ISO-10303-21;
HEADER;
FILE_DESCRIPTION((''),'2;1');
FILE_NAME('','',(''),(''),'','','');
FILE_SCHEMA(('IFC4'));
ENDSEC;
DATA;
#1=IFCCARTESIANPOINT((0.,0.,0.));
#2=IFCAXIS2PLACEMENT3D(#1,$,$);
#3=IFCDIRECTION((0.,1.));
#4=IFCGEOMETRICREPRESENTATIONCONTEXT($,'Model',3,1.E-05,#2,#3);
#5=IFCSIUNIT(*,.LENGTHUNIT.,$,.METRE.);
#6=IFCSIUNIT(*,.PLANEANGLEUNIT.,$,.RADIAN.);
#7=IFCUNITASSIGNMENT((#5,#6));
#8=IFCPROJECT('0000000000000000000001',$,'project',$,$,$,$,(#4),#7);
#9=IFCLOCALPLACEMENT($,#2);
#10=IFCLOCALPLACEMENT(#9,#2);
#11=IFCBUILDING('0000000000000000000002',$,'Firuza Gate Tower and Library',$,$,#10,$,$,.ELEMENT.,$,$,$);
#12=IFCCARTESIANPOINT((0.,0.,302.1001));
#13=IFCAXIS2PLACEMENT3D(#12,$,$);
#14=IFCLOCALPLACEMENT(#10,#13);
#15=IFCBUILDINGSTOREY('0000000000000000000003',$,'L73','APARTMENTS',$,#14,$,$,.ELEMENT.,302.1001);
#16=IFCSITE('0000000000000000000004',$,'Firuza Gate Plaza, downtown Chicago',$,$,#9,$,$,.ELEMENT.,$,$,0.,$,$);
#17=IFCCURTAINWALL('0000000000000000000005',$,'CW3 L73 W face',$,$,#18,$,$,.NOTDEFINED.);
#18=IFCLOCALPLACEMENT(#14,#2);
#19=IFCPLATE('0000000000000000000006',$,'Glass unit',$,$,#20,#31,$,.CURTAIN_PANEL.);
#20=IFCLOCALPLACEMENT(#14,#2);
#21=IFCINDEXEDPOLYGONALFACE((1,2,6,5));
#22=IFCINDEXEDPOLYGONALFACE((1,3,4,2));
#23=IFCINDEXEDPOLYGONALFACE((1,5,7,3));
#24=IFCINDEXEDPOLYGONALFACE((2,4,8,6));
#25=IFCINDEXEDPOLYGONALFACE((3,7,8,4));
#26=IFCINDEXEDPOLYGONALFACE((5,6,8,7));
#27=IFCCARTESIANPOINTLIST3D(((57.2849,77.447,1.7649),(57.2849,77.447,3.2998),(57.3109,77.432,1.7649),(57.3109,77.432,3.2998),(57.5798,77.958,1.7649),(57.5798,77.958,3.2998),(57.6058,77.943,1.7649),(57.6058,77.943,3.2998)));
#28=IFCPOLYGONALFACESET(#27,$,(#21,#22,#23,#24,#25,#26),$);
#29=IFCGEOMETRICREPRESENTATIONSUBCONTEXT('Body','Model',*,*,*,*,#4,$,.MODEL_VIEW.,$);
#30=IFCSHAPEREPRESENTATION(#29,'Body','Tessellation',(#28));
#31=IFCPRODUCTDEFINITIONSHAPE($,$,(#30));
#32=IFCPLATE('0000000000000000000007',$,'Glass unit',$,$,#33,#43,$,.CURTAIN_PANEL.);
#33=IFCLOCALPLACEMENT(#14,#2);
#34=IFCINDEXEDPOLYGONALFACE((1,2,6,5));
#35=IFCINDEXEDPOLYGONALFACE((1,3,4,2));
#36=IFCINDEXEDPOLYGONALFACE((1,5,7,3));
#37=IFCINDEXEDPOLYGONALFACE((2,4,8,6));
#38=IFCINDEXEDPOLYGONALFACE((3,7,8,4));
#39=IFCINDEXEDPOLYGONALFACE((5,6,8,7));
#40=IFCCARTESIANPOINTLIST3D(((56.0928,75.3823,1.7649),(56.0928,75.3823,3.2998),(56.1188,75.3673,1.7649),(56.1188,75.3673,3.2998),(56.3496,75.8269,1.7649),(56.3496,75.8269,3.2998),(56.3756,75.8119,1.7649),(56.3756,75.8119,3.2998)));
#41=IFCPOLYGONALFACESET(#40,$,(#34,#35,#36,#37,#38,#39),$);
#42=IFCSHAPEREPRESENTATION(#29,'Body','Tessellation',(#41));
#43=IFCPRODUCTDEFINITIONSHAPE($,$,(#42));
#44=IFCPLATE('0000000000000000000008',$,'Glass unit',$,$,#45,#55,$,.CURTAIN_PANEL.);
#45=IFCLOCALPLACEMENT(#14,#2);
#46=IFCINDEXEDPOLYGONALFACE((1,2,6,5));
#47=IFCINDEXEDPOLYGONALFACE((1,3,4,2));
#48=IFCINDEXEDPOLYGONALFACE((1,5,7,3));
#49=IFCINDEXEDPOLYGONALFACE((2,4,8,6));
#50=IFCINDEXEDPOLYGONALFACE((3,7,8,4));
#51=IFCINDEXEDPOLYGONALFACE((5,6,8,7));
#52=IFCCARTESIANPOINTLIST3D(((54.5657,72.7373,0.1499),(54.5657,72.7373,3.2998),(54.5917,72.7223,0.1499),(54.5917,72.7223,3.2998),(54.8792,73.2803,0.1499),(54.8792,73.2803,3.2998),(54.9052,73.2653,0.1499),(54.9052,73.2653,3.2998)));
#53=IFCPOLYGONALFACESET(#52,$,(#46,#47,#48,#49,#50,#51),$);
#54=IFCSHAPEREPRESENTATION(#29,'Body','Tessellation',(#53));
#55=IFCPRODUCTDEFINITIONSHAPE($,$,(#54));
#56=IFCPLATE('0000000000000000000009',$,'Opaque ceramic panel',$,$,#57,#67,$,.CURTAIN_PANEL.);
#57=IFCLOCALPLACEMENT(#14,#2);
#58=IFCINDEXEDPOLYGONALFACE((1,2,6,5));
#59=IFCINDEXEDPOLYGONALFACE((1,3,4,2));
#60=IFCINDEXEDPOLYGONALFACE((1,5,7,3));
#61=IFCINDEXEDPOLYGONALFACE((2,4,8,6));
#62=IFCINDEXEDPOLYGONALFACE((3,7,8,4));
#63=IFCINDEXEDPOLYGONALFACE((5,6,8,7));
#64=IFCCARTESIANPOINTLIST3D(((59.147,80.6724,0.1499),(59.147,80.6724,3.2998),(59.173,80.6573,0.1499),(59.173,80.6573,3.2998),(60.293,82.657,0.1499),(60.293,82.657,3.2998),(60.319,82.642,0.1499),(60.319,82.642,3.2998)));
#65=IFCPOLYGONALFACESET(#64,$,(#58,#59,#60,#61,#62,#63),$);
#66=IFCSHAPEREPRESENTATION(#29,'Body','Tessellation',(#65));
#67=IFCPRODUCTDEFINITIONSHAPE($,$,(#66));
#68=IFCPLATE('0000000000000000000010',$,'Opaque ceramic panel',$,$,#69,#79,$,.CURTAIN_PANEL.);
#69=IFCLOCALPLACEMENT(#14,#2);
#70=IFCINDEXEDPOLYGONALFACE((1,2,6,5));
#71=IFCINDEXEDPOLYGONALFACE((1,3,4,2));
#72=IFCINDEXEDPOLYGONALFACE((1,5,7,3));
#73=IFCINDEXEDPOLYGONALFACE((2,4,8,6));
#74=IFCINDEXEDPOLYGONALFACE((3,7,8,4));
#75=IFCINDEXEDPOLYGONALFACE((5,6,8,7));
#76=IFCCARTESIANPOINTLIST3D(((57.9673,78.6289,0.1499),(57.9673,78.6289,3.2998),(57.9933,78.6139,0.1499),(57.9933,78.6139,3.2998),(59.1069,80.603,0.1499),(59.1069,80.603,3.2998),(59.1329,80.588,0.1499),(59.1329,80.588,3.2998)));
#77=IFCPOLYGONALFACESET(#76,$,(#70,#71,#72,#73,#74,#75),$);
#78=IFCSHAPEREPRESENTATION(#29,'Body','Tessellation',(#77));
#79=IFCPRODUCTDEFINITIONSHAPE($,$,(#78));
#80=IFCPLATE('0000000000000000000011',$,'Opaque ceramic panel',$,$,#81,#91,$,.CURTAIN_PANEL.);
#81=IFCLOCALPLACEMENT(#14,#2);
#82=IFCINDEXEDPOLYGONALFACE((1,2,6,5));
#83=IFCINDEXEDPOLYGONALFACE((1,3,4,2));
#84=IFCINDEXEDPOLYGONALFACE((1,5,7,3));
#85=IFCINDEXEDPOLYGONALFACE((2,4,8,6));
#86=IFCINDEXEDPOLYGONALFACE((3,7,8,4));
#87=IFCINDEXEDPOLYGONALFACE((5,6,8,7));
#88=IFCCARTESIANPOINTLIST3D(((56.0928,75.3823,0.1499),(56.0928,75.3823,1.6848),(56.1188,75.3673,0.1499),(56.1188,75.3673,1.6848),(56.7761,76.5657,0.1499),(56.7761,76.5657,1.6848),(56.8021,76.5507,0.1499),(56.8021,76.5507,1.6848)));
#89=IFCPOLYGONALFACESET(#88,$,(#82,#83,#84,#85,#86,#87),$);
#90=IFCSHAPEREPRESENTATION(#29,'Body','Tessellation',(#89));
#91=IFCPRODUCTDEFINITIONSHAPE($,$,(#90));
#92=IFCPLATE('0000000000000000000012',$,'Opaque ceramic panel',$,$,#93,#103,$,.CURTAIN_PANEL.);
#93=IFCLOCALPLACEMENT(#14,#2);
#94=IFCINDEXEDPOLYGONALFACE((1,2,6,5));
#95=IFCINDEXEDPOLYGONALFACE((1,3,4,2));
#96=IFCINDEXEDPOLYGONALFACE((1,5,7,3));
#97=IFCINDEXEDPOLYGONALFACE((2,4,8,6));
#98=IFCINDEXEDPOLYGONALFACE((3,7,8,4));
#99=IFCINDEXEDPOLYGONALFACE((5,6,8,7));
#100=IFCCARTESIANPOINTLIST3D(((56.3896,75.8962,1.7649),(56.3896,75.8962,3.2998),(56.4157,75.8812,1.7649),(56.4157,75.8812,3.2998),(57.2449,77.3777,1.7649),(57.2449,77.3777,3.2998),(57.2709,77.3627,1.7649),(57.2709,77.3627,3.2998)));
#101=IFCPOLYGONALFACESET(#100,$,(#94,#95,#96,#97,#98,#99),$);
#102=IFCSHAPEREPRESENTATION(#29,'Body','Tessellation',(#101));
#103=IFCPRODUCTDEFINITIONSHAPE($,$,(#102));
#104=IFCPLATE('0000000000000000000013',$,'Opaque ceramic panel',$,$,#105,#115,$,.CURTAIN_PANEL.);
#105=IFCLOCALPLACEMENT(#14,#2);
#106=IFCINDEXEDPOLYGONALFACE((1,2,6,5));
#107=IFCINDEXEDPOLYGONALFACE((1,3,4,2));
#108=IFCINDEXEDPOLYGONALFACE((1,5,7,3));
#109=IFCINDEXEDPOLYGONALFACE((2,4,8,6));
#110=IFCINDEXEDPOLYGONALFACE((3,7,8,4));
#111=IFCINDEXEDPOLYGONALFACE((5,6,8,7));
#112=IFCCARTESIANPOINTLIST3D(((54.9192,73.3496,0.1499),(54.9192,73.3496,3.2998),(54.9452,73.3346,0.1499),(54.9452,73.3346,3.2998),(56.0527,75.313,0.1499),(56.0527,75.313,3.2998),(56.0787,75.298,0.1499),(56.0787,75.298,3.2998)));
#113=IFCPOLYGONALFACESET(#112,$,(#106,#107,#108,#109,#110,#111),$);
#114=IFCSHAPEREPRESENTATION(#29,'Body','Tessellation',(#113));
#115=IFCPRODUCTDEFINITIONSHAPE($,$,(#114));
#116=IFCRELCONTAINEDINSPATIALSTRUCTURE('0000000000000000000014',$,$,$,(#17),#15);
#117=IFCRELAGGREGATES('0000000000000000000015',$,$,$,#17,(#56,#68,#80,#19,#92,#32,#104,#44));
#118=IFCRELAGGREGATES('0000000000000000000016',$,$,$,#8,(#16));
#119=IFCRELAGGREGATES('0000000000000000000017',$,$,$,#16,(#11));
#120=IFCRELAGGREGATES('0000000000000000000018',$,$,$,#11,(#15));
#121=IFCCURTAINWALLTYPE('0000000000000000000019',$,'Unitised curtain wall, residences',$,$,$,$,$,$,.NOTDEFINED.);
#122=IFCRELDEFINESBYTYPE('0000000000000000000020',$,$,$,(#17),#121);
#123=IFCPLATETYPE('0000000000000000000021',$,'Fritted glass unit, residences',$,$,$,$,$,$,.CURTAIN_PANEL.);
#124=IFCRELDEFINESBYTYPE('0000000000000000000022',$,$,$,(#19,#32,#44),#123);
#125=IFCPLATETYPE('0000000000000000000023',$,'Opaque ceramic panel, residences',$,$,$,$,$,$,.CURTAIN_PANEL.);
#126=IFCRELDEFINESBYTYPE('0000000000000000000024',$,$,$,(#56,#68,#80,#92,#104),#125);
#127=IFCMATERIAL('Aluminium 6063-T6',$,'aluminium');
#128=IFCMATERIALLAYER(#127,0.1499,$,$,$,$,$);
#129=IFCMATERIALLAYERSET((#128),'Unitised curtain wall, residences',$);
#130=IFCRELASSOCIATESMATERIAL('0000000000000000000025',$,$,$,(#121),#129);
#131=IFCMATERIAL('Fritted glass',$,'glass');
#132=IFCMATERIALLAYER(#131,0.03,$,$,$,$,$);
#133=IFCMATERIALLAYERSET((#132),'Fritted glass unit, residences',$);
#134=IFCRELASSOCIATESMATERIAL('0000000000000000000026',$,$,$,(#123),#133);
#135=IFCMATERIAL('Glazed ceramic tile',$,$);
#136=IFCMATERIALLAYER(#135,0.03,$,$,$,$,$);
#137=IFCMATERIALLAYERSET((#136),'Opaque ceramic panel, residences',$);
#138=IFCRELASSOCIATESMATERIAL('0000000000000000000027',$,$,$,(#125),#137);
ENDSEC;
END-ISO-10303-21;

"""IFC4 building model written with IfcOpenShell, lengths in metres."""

from ifc_helpers import new_model, si_unit, direction, frame, origin, place, context, subcontext, project, spatial, polyline, outline, extrude, material, layer, layer_set, type_object, element, aggregate, save


model = new_model("IFC4")

# Units and contexts
model_context = context("Model", 3, precision=1e-05, world=origin(), true_north=direction((0.0, 1.0)))
body_context = subcontext(model_context, "Body", "Model", "MODEL_VIEW")
ifc_project = project(units=[si_unit("LENGTHUNIT", "METRE"), si_unit("PLANEANGLEUNIT", "RADIAN")], contexts=[model_context])

# Site, building, storey
site_placement = place(None, origin())
site = spatial("IfcSite", under=ifc_project, at=site_placement, Name="Firuza Gate Plaza, downtown Chicago", CompositionType="ELEMENT", RefElevation=0.0)
building_placement = place(site_placement, origin())
building = spatial("IfcBuilding", under=site, at=building_placement, Name="Firuza Gate Tower and Library", CompositionType="ELEMENT")
storey_placement = place(building_placement, frame((0.0, 0.0, 302.1001)))
storey = spatial("IfcBuildingStorey", under=building, at=storey_placement, Name="L73", Description="APARTMENTS", CompositionType="ELEMENT", Elevation=302.1001)

# Curtain wall
ifc_material_1 = material(Name="Aluminium 6063-T6", Category="aluminium")
ifc_layer_1 = layer(ifc_material_1, 0.1499)
ifc_layer_set_1 = layer_set([ifc_layer_1], Name="Unitised curtain wall, residences")
curtain_wall_type = type_object("IfcCurtainWallType", Name="Unitised curtain wall, residences", PredefinedType="NOTDEFINED", material=ifc_layer_set_1)
curtain_wall_placement = place(storey_placement, origin())
curtain_wall = element("IfcCurtainWall", 1, at=curtain_wall_placement, inside=storey, type_object=curtain_wall_type, Name="CW3 L73 W face", PredefinedType="NOTDEFINED")

# Plates
ifc_material_2 = material(Name="Fritted glass", Category="glass")
ifc_layer_2 = layer(ifc_material_2, 0.03)
ifc_layer_set_2 = layer_set([ifc_layer_2], Name="Fritted glass unit, residences")
plate_type_1 = type_object("IfcPlateType", Name="Fritted glass unit, residences", PredefinedType="CURTAIN_PANEL", material=ifc_layer_set_2)
plate_1_placement = place(storey_placement, frame((57.5798, 77.958, 1.7649), z_axis=(-0.866096, 0.499878, 0.0), x_axis=(-0.499878, -0.866096, 0.0)))
plate_1 = element("IfcPlate", 2, at=plate_1_placement, type_object=plate_type_1, Name="Glass unit", PredefinedType="CURTAIN_PANEL", context=body_context, shape_type="SweptSolid", body=[
    extrude(outline(polyline([(0.0, 0.0), (0.59, 0.0), (0.59, 1.5349), (0.0, 1.5349), (0.0, 0.0)])), origin(), (0.0, 0.0, -1.0), 0.03),
])
plate_2_placement = place(storey_placement, frame((56.3496, 75.8269, 1.7649), z_axis=(-0.865893, 0.50023, 0.0), x_axis=(-0.50023, -0.865893, 0.0)))
plate_2 = element("IfcPlate", 3, at=plate_2_placement, type_object=plate_type_1, Name="Glass unit", PredefinedType="CURTAIN_PANEL", context=body_context, shape_type="SweptSolid", body=[
    extrude(outline(polyline([(0.0, 0.0), (0.5134, 0.0), (0.5134, 1.5349), (0.0, 1.5349), (0.0, 0.0)])), origin(), (0.0, 0.0, -1.0), 0.03),
])
plate_3_placement = place(storey_placement, frame((54.8792, 73.2803, 0.1499), z_axis=(-0.86603, 0.499992, 0.0), x_axis=(-0.499992, -0.86603, 0.0)))
plate_3 = element("IfcPlate", 4, at=plate_3_placement, type_object=plate_type_1, Name="Glass unit", PredefinedType="CURTAIN_PANEL", context=body_context, shape_type="SweptSolid", body=[
    extrude(outline(polyline([(0.0, 0.0), (0.627, 0.0), (0.627, 3.1499), (0.0, 3.1499), (0.0, 0.0)])), origin(), (0.0, 0.0, -1.0), 0.03),
])
ifc_material_3 = material(Name="Glazed ceramic tile")
ifc_layer_3 = layer(ifc_material_3, 0.03)
ifc_layer_set_3 = layer_set([ifc_layer_3], Name="Opaque ceramic panel, residences")
plate_type_2 = type_object("IfcPlateType", Name="Opaque ceramic panel, residences", PredefinedType="CURTAIN_PANEL", material=ifc_layer_set_3)
plate_4_placement = place(storey_placement, frame((60.293, 82.657, 0.1499), z_axis=(-0.865992, 0.500057, 0.0), x_axis=(-0.500057, -0.865992, 0.0)))
plate_4 = element("IfcPlate", 5, at=plate_4_placement, type_object=plate_type_2, Name="Opaque ceramic panel", PredefinedType="CURTAIN_PANEL", context=body_context, shape_type="SweptSolid", body=[
    extrude(outline(polyline([(0.0, 0.0), (2.2917, 0.0), (2.2917, 3.1499), (0.0, 3.1499), (0.0, 0.0)])), origin(), (0.0, 0.0, -1.0), 0.03),
])
plate_5_placement = place(storey_placement, frame((59.1069, 80.603, 0.1499), z_axis=(-0.866046, 0.499964, 0.0), x_axis=(-0.499964, -0.866046, 0.0)))
plate_5 = element("IfcPlate", 6, at=plate_5_placement, type_object=plate_type_2, Name="Opaque ceramic panel", PredefinedType="CURTAIN_PANEL", context=body_context, shape_type="SweptSolid", body=[
    extrude(outline(polyline([(0.0, 0.0), (2.2795, 0.0), (2.2795, 3.1499), (0.0, 3.1499), (0.0, 0.0)])), origin(), (0.0, 0.0, -1.0), 0.03),
])
plate_6_placement = place(storey_placement, frame((56.7761, 76.5657, 0.1499), z_axis=(-0.86598, 0.500078, 0.0), x_axis=(-0.500078, -0.86598, 0.0)))
plate_6 = element("IfcPlate", 7, at=plate_6_placement, type_object=plate_type_2, Name="Opaque ceramic panel", PredefinedType="CURTAIN_PANEL", context=body_context, shape_type="SweptSolid", body=[
    extrude(outline(polyline([(0.0, 0.0), (1.3665, 0.0), (1.3665, 1.5349), (0.0, 1.5349), (0.0, 0.0)])), origin(), (0.0, 0.0, -1.0), 0.03),
])
plate_7_placement = place(storey_placement, frame((57.2449, 77.3777, 1.7649), z_axis=(-0.866048, 0.499961, 0.0), x_axis=(-0.499961, -0.866048, 0.0)))
plate_7 = element("IfcPlate", 8, at=plate_7_placement, type_object=plate_type_2, Name="Opaque ceramic panel", PredefinedType="CURTAIN_PANEL", context=body_context, shape_type="SweptSolid", body=[
    extrude(outline(polyline([(0.0, 0.0), (1.7106, 0.0), (1.7106, 1.5349), (0.0, 1.5349), (0.0, 0.0)])), origin(), (0.0, 0.0, -1.0), 0.03),
])
plate_8_placement = place(storey_placement, frame((56.0527, 75.313, 0.1499), z_axis=(-0.866028, 0.499996, 0.0), x_axis=(-0.499996, -0.866028, 0.0)))
plate_8 = element("IfcPlate", 9, at=plate_8_placement, type_object=plate_type_2, Name="Opaque ceramic panel", PredefinedType="CURTAIN_PANEL", context=body_context, shape_type="SweptSolid", body=[
    extrude(outline(polyline([(0.0, 0.0), (2.2671, 0.0), (2.2671, 3.1499), (0.0, 3.1499), (0.0, 0.0)])), origin(), (0.0, 0.0, -1.0), 0.03),
])
aggregate(curtain_wall, [plate_4, plate_5, plate_6, plate_1, plate_7, plate_2, plate_8, plate_3])

save(model, "model.ifc")
